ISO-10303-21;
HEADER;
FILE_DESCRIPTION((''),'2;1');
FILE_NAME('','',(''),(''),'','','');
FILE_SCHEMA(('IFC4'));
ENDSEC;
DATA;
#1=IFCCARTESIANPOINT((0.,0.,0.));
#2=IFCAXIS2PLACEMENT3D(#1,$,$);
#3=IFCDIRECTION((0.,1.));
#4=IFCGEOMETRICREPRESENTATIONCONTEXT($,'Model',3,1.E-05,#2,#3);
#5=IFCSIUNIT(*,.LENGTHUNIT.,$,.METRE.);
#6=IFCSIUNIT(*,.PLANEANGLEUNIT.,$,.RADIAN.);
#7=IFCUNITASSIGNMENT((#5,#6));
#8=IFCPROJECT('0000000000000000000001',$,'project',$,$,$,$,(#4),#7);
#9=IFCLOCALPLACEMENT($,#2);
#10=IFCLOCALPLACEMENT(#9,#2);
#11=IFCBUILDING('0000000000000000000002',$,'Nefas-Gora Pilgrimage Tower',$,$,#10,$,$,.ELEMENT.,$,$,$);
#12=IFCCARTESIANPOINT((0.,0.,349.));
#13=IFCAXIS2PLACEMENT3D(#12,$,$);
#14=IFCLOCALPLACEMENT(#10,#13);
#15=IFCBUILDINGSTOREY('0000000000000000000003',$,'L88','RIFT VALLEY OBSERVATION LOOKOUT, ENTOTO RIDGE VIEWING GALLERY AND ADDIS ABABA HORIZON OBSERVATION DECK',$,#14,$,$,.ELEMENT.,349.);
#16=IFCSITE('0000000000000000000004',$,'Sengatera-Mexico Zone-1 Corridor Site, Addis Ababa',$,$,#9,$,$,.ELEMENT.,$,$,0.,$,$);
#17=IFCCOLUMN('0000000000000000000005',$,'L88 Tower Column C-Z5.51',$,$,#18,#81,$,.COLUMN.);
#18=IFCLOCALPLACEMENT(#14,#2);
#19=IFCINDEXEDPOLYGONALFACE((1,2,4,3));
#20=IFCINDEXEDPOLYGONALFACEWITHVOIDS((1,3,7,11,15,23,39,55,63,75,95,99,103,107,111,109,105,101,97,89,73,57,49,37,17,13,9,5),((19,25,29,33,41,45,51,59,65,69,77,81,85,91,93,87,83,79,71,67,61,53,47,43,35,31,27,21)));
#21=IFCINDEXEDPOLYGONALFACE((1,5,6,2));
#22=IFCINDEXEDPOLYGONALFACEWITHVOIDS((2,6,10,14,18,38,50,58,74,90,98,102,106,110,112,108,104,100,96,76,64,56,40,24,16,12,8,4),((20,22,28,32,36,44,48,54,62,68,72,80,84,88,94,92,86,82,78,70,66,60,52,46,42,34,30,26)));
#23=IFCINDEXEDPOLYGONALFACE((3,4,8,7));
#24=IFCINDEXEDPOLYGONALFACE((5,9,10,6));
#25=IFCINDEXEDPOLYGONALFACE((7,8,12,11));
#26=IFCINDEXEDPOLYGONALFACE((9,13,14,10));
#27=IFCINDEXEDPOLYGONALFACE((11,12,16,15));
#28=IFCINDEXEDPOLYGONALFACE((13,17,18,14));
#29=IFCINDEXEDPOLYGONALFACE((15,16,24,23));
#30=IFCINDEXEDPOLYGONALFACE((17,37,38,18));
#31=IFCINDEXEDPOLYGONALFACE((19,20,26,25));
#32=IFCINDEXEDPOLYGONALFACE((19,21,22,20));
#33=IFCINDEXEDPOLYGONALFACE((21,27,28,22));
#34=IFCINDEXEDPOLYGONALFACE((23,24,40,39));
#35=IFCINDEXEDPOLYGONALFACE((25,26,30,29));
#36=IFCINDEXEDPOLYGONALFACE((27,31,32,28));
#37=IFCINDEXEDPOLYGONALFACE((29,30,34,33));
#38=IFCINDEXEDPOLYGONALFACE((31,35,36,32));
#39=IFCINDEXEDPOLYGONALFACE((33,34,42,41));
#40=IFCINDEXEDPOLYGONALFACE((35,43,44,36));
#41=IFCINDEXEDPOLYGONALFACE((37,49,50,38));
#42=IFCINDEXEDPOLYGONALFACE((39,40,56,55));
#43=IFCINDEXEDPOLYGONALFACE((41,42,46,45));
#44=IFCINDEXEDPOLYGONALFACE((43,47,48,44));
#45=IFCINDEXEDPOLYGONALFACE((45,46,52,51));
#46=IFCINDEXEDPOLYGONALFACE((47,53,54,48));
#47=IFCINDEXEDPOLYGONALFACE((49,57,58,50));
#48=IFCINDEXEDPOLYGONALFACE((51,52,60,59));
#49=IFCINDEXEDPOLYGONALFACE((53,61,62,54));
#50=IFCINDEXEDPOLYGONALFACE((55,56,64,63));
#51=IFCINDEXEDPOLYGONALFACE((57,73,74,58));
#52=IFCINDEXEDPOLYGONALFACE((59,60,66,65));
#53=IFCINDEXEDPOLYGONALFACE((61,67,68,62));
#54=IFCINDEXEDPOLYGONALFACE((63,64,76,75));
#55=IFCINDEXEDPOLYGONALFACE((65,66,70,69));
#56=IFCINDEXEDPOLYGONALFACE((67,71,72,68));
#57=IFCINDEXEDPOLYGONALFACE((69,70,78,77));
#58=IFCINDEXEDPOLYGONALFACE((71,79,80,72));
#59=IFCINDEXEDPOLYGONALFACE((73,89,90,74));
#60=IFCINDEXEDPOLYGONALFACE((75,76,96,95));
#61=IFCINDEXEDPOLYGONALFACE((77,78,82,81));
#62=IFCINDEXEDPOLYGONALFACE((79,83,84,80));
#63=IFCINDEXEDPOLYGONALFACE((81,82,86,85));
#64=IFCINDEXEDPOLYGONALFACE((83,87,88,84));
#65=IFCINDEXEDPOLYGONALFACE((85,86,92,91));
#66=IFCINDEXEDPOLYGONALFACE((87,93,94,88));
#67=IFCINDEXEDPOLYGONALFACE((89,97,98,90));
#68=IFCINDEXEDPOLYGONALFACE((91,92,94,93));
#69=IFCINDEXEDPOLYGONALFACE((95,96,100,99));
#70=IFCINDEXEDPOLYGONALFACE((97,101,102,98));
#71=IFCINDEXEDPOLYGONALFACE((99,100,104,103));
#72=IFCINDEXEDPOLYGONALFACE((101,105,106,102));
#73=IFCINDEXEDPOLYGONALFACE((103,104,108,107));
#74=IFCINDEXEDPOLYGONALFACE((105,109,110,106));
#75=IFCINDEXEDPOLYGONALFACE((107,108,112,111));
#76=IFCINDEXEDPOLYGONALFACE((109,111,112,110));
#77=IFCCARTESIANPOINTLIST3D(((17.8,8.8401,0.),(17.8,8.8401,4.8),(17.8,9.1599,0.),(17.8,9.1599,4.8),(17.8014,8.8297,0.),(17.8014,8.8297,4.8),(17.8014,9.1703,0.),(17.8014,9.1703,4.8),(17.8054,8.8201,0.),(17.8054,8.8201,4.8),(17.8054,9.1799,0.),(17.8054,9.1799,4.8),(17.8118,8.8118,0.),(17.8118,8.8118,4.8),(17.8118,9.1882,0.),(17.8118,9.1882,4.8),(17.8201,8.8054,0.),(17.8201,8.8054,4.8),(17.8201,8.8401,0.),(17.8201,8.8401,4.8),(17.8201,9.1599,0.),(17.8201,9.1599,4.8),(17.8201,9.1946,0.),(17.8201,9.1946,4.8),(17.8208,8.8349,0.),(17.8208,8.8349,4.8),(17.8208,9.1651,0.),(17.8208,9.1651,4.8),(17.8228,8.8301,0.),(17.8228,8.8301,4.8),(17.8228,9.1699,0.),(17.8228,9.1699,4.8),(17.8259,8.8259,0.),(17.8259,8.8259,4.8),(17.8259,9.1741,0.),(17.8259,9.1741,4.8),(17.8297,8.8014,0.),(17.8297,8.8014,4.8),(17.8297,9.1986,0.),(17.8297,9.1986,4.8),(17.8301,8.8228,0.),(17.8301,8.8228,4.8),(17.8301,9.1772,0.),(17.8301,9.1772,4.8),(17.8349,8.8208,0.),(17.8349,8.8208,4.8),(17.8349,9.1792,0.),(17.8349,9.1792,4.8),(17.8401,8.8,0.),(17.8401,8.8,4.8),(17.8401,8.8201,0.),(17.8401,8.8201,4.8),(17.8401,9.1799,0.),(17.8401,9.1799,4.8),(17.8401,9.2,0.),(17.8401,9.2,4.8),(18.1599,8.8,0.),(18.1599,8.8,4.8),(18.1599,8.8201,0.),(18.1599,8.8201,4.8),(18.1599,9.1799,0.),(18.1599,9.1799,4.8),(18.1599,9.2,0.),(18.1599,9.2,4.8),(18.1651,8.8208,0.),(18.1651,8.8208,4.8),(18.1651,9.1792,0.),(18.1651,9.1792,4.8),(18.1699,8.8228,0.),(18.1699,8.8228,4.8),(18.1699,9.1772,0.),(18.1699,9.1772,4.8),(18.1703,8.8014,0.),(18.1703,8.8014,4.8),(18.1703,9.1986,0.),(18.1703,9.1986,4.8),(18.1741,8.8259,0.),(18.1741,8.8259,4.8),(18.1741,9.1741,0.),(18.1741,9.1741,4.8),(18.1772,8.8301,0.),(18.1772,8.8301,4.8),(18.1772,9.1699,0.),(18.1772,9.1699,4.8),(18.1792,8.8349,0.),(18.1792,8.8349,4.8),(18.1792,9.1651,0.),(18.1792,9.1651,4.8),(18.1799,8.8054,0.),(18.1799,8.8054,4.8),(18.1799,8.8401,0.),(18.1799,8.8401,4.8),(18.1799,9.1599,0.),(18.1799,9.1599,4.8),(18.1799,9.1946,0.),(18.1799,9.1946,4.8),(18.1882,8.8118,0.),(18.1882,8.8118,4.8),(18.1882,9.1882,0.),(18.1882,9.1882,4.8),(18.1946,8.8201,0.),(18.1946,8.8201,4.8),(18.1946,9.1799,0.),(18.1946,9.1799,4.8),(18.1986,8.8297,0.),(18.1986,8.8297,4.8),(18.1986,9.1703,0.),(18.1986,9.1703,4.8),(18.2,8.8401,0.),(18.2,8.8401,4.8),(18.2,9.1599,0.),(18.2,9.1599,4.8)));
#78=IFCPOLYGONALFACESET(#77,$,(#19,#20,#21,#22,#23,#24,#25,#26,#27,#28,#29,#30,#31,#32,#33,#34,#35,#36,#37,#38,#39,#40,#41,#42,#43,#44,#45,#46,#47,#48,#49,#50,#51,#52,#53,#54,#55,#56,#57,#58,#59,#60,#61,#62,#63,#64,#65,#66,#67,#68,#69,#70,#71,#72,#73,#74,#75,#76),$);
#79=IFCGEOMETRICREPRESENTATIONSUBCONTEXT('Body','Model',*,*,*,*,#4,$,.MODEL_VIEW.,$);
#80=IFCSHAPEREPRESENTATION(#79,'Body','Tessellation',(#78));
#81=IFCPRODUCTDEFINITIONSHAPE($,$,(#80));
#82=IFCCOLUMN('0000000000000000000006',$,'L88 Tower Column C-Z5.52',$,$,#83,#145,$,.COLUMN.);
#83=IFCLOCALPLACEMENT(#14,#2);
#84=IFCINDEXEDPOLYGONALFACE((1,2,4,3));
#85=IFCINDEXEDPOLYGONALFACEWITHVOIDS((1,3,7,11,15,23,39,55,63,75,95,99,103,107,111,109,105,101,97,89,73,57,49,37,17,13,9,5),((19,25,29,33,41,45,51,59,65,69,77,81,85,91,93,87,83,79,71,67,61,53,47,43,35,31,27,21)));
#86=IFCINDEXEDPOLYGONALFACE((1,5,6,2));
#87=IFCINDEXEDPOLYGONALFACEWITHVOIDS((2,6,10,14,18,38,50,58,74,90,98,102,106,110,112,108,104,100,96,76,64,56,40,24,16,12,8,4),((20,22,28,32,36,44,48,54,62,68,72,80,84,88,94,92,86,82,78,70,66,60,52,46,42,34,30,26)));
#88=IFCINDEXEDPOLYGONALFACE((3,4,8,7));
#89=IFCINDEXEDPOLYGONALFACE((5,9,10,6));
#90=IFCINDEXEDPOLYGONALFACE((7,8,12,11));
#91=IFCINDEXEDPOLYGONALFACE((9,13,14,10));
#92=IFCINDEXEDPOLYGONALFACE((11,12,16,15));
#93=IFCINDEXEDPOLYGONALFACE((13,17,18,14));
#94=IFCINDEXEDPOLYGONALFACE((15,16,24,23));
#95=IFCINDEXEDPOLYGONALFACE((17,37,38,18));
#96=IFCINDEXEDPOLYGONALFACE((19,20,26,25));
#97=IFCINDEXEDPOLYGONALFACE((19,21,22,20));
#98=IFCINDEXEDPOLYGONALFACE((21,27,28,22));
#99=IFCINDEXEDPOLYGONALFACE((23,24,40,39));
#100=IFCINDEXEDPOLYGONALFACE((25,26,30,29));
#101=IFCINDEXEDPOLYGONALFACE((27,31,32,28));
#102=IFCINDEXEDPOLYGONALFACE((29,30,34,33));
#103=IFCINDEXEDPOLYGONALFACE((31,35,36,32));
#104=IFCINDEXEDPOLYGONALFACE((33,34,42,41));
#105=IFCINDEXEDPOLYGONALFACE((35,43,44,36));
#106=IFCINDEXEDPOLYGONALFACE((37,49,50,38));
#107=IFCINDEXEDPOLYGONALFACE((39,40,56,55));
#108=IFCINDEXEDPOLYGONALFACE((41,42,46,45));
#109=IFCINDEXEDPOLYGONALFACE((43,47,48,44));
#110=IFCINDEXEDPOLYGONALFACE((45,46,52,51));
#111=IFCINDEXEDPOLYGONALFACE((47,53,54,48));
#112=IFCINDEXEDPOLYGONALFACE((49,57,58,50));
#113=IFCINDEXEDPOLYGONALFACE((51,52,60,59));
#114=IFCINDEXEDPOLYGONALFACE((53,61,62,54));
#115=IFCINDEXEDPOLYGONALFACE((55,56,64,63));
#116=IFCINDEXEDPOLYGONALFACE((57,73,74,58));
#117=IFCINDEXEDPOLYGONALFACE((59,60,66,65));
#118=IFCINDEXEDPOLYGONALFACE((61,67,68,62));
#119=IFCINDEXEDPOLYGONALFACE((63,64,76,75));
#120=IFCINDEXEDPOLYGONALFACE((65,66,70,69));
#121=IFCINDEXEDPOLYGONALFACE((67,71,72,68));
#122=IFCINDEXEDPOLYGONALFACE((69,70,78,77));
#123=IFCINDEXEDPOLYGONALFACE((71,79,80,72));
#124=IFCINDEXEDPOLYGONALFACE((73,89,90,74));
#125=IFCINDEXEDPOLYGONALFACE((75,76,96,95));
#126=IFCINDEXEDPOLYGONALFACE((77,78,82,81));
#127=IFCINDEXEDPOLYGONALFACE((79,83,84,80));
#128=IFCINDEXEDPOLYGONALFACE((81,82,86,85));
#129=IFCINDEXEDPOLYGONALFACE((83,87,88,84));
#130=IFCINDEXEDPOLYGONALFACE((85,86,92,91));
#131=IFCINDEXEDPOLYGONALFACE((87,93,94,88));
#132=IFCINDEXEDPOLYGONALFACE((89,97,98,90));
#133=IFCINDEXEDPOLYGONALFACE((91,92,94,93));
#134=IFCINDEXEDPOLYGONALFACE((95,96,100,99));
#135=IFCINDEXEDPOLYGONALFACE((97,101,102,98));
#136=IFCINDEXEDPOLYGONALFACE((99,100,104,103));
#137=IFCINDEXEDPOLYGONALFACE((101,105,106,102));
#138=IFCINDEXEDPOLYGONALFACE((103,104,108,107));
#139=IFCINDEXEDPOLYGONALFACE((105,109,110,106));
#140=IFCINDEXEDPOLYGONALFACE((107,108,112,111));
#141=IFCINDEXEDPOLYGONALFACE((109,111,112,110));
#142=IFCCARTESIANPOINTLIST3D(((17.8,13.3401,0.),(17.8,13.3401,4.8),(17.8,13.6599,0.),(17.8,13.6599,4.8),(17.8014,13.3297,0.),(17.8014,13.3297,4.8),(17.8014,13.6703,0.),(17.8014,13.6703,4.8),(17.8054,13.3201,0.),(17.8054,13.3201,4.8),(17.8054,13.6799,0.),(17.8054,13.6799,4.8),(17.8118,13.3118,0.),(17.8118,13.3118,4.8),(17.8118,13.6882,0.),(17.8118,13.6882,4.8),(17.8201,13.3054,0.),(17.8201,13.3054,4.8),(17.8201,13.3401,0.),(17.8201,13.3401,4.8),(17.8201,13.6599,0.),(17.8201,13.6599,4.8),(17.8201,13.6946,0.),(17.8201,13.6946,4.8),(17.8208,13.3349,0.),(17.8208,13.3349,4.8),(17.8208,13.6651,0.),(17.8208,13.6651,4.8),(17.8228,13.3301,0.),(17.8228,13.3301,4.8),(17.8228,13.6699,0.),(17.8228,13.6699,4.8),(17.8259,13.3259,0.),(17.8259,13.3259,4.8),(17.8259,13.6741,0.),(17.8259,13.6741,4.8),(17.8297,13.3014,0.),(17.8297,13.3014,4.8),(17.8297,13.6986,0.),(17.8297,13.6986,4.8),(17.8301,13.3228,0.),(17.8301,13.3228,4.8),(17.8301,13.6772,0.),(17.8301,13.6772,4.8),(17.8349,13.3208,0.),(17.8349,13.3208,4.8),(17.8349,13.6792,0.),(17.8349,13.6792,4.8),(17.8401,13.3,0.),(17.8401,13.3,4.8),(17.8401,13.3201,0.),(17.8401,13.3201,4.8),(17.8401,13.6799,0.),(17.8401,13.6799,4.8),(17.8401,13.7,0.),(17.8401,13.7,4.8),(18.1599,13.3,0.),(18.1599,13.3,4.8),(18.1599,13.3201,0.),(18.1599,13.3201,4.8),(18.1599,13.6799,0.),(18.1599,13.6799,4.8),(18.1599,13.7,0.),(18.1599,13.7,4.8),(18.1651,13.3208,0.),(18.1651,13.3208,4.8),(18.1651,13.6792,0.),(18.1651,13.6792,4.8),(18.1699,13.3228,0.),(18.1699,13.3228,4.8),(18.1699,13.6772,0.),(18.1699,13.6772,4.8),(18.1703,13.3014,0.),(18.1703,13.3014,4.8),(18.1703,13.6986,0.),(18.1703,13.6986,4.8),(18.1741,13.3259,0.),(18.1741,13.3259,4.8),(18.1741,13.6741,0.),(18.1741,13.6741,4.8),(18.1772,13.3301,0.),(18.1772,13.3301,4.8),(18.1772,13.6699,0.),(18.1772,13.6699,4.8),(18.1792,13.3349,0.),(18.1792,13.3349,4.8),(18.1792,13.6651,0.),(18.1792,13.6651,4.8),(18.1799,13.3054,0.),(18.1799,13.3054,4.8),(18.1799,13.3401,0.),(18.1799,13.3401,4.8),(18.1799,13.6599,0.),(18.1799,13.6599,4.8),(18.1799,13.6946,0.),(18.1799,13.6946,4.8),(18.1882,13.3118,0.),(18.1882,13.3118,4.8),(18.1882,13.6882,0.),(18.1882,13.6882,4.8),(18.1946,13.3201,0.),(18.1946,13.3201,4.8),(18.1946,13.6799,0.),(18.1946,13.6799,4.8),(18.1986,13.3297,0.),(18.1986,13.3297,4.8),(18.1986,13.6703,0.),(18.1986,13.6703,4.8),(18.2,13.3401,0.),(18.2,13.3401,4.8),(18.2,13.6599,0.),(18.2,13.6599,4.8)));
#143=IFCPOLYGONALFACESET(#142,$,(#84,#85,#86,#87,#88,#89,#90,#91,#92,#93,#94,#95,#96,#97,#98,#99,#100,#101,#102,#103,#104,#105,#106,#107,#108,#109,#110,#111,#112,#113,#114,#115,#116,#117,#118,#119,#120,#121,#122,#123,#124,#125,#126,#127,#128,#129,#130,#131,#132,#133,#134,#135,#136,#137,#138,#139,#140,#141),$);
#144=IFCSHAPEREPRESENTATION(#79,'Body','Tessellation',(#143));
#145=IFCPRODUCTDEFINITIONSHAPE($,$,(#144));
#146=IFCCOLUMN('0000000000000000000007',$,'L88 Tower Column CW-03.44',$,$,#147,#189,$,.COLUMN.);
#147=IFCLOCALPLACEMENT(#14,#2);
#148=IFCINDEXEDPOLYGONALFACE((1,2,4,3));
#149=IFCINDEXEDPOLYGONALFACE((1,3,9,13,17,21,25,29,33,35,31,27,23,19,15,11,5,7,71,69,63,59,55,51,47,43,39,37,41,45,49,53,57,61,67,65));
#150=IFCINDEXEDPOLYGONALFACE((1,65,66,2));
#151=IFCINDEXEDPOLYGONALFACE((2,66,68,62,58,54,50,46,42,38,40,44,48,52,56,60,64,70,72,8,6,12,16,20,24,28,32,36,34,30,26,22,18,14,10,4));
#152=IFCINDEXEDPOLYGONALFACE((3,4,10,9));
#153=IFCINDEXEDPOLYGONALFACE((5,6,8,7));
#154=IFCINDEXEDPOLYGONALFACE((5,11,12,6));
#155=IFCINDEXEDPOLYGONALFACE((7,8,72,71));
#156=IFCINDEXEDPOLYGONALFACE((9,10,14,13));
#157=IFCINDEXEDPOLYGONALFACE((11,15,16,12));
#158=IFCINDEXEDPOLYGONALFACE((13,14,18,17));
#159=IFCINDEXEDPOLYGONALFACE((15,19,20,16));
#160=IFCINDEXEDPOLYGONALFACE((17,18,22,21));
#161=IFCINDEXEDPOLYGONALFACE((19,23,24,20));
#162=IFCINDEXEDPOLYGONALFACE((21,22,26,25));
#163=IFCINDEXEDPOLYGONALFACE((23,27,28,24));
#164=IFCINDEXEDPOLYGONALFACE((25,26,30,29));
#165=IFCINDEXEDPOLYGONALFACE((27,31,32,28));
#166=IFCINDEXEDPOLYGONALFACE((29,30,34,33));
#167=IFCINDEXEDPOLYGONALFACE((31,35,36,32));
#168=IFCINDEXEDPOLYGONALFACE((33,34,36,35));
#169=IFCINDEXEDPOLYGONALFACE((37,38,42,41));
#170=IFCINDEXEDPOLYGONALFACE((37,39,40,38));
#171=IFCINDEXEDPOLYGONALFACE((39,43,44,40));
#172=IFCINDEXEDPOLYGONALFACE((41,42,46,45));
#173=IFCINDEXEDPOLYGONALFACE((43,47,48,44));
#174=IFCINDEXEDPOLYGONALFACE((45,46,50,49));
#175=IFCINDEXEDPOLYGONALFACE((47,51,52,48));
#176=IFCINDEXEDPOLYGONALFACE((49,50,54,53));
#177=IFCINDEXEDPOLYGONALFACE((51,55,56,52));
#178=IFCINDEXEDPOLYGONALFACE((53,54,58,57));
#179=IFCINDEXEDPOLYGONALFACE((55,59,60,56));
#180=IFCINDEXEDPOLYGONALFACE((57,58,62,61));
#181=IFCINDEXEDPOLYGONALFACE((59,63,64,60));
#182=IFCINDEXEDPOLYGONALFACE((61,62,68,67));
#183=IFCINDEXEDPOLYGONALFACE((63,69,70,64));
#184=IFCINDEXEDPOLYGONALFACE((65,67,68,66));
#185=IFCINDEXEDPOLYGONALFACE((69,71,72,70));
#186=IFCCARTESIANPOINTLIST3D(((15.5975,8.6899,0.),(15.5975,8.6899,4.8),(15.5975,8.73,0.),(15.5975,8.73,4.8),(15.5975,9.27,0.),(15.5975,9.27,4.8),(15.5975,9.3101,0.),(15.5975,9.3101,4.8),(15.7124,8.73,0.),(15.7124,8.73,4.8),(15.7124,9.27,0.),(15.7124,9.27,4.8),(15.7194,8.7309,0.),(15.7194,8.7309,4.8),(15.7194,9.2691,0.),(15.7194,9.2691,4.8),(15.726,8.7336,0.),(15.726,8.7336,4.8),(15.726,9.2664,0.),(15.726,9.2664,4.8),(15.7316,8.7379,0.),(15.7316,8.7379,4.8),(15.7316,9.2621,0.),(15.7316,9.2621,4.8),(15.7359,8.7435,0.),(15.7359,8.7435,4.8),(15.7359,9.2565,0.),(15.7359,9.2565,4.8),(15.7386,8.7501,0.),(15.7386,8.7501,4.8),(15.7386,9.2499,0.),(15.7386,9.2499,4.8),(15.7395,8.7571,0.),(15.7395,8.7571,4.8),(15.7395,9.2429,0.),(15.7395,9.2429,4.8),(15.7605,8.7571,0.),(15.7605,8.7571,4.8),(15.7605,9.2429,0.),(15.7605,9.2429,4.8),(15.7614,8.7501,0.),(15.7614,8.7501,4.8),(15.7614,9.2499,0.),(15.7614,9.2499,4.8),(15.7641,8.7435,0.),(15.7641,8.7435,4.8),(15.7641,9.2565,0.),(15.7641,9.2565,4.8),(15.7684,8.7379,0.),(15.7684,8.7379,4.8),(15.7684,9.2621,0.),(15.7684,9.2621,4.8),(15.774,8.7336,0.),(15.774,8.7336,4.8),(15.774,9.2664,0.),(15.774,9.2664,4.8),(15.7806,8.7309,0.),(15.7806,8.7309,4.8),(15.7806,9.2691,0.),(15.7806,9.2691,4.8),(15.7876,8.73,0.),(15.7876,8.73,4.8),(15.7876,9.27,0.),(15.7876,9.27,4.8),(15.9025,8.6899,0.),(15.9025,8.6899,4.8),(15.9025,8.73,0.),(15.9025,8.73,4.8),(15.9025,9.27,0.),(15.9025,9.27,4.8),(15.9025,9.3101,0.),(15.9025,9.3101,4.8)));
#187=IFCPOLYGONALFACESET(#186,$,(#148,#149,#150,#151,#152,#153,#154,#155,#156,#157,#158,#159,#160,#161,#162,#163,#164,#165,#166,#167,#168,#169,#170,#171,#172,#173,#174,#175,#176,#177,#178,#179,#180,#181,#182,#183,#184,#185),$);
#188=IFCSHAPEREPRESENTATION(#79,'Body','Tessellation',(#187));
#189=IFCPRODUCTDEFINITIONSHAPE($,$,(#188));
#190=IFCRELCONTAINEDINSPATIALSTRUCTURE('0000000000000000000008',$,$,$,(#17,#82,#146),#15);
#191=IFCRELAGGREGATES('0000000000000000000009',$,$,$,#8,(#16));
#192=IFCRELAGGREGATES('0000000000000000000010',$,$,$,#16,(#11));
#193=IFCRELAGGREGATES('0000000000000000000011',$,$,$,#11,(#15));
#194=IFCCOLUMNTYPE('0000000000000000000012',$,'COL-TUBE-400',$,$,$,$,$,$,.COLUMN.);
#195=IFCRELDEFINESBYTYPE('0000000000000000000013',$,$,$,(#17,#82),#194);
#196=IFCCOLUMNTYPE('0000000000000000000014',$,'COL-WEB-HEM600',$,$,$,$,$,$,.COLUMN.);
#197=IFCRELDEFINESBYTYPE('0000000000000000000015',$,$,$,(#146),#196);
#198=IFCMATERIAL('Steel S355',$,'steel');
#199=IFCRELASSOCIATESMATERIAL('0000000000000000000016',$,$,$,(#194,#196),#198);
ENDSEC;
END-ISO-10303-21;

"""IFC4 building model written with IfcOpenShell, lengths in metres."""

from ifc_helpers import new_model, si_unit, direction, frame, origin, origin_2d, place, context, subcontext, project, spatial, hollow_rectangle, i_section, extrude, source, transform, mapped, material, material_profile, profile_set, type_object, element, save


model = new_model("IFC4")

# Units and contexts
model_context = context("Model", 3, precision=1e-05, world=origin(), true_north=direction((0.0, 1.0)))
body_context = subcontext(model_context, "Body", "Model", "MODEL_VIEW")
ifc_project = project(units=[si_unit("LENGTHUNIT", "METRE"), si_unit("PLANEANGLEUNIT", "RADIAN")], contexts=[model_context])

# Site, building, storey
site_placement = place(None, origin())
site = spatial("IfcSite", under=ifc_project, at=site_placement, Name="Sengatera-Mexico Zone-1 Corridor Site, Addis Ababa", CompositionType="ELEMENT", RefElevation=0.0)
building_placement = place(site_placement, origin())
building = spatial("IfcBuilding", under=site, at=building_placement, Name="Nefas-Gora Pilgrimage Tower", CompositionType="ELEMENT")
storey_placement = place(building_placement, frame((0.0, 0.0, 349.0)))
storey = spatial("IfcBuildingStorey", under=building, at=storey_placement, Name="L88", Description="RIFT VALLEY OBSERVATION LOOKOUT, ENTOTO RIDGE VIEWING GALLERY AND ADDIS ABABA HORIZON OBSERVATION DECK", CompositionType="ELEMENT", Elevation=349.0)

# Columns
ifc_material_1 = material(Name="Steel S355", Category="steel")
ifc_material_profile_1 = material_profile(ifc_material_1, hollow_rectangle(XDim=0.3999, YDim=0.3999, WallThickness=0.02, InnerFilletRadius=0.02, OuterFilletRadius=0.04, at=origin_2d()), Name="SHS 400x400x20")
ifc_profile_set_1 = profile_set([ifc_material_profile_1], Name="Steel S355")
column_type_1 = type_object("IfcColumnType", Name="COL-TUBE-400", PredefinedType="COLUMN", material=ifc_profile_set_1)
shared_shape_1 = source(origin(), body_context, "Body", "SweptSolid", [
    extrude(hollow_rectangle(XDim=0.3999, YDim=0.3999, WallThickness=0.02, InnerFilletRadius=0.02, OuterFilletRadius=0.04, at=origin_2d()), origin(), (0.0, 0.0, 1.0), 4.8),
])
for number, where, z_axis, x_axis, name in (
    (1, (18.0, 9.0, 0.0), (0.0, 0.0, 1.0), (1.0, 0.0, 0.0), "L88 Tower Column C-Z5.51"),
    (2, (18.0, 13.5, 0.0), (0.0, 0.0, 1.0), (1.0, 0.0, 0.0), "L88 Tower Column C-Z5.52"),
):
    element("IfcColumn", number, at=place(storey_placement, frame(where, z_axis=z_axis, x_axis=x_axis)), inside=storey, type_object=column_type_1, Name=name, PredefinedType="COLUMN", context=body_context, shape_type="MappedRepresentation", body=[
        mapped(shared_shape_1, transform((0.0, 0.0, 0.0), x_axis=(1.0, 0.0, 0.0), y_axis=(0.0, 1.0, 0.0), z_axis=(0.0, 0.0, 1.0), scale=1.0)),
    ])
ifc_material_profile_2 = material_profile(ifc_material_1, i_section(OverallWidth=0.3049, OverallDepth=0.6201, WebThickness=0.021, FlangeThickness=0.04, FilletRadius=0.0271, at=origin_2d()), Name="HEM 600")
ifc_profile_set_2 = profile_set([ifc_material_profile_2], Name="Steel S355")
column_type_2 = type_object("IfcColumnType", Name="COL-WEB-HEM600", PredefinedType="COLUMN", material=ifc_profile_set_2)
shared_shape_2 = source(origin(), body_context, "Body", "SweptSolid", [
    extrude(i_section(OverallWidth=0.3049, OverallDepth=0.6201, WebThickness=0.021, FlangeThickness=0.04, FilletRadius=0.0271, at=origin_2d()), origin(), (0.0, 0.0, 1.0), 4.8),
])
for number, where, z_axis, x_axis, name in (
    (3, (15.75, 9.0, 0.0), (0.0, 0.0, 1.0), (1.0, 0.0, 0.0), "L88 Tower Column CW-03.44"),
):
    element("IfcColumn", number, at=place(storey_placement, frame(where, z_axis=z_axis, x_axis=x_axis)), inside=storey, type_object=column_type_2, Name=name, PredefinedType="COLUMN", context=body_context, shape_type="MappedRepresentation", body=[
        mapped(shared_shape_2, transform((0.0, 0.0, 0.0), x_axis=(1.0, 0.0, 0.0), y_axis=(0.0, 1.0, 0.0), z_axis=(0.0, 0.0, 1.0), scale=1.0)),
    ])

save(model, "model.ifc")
